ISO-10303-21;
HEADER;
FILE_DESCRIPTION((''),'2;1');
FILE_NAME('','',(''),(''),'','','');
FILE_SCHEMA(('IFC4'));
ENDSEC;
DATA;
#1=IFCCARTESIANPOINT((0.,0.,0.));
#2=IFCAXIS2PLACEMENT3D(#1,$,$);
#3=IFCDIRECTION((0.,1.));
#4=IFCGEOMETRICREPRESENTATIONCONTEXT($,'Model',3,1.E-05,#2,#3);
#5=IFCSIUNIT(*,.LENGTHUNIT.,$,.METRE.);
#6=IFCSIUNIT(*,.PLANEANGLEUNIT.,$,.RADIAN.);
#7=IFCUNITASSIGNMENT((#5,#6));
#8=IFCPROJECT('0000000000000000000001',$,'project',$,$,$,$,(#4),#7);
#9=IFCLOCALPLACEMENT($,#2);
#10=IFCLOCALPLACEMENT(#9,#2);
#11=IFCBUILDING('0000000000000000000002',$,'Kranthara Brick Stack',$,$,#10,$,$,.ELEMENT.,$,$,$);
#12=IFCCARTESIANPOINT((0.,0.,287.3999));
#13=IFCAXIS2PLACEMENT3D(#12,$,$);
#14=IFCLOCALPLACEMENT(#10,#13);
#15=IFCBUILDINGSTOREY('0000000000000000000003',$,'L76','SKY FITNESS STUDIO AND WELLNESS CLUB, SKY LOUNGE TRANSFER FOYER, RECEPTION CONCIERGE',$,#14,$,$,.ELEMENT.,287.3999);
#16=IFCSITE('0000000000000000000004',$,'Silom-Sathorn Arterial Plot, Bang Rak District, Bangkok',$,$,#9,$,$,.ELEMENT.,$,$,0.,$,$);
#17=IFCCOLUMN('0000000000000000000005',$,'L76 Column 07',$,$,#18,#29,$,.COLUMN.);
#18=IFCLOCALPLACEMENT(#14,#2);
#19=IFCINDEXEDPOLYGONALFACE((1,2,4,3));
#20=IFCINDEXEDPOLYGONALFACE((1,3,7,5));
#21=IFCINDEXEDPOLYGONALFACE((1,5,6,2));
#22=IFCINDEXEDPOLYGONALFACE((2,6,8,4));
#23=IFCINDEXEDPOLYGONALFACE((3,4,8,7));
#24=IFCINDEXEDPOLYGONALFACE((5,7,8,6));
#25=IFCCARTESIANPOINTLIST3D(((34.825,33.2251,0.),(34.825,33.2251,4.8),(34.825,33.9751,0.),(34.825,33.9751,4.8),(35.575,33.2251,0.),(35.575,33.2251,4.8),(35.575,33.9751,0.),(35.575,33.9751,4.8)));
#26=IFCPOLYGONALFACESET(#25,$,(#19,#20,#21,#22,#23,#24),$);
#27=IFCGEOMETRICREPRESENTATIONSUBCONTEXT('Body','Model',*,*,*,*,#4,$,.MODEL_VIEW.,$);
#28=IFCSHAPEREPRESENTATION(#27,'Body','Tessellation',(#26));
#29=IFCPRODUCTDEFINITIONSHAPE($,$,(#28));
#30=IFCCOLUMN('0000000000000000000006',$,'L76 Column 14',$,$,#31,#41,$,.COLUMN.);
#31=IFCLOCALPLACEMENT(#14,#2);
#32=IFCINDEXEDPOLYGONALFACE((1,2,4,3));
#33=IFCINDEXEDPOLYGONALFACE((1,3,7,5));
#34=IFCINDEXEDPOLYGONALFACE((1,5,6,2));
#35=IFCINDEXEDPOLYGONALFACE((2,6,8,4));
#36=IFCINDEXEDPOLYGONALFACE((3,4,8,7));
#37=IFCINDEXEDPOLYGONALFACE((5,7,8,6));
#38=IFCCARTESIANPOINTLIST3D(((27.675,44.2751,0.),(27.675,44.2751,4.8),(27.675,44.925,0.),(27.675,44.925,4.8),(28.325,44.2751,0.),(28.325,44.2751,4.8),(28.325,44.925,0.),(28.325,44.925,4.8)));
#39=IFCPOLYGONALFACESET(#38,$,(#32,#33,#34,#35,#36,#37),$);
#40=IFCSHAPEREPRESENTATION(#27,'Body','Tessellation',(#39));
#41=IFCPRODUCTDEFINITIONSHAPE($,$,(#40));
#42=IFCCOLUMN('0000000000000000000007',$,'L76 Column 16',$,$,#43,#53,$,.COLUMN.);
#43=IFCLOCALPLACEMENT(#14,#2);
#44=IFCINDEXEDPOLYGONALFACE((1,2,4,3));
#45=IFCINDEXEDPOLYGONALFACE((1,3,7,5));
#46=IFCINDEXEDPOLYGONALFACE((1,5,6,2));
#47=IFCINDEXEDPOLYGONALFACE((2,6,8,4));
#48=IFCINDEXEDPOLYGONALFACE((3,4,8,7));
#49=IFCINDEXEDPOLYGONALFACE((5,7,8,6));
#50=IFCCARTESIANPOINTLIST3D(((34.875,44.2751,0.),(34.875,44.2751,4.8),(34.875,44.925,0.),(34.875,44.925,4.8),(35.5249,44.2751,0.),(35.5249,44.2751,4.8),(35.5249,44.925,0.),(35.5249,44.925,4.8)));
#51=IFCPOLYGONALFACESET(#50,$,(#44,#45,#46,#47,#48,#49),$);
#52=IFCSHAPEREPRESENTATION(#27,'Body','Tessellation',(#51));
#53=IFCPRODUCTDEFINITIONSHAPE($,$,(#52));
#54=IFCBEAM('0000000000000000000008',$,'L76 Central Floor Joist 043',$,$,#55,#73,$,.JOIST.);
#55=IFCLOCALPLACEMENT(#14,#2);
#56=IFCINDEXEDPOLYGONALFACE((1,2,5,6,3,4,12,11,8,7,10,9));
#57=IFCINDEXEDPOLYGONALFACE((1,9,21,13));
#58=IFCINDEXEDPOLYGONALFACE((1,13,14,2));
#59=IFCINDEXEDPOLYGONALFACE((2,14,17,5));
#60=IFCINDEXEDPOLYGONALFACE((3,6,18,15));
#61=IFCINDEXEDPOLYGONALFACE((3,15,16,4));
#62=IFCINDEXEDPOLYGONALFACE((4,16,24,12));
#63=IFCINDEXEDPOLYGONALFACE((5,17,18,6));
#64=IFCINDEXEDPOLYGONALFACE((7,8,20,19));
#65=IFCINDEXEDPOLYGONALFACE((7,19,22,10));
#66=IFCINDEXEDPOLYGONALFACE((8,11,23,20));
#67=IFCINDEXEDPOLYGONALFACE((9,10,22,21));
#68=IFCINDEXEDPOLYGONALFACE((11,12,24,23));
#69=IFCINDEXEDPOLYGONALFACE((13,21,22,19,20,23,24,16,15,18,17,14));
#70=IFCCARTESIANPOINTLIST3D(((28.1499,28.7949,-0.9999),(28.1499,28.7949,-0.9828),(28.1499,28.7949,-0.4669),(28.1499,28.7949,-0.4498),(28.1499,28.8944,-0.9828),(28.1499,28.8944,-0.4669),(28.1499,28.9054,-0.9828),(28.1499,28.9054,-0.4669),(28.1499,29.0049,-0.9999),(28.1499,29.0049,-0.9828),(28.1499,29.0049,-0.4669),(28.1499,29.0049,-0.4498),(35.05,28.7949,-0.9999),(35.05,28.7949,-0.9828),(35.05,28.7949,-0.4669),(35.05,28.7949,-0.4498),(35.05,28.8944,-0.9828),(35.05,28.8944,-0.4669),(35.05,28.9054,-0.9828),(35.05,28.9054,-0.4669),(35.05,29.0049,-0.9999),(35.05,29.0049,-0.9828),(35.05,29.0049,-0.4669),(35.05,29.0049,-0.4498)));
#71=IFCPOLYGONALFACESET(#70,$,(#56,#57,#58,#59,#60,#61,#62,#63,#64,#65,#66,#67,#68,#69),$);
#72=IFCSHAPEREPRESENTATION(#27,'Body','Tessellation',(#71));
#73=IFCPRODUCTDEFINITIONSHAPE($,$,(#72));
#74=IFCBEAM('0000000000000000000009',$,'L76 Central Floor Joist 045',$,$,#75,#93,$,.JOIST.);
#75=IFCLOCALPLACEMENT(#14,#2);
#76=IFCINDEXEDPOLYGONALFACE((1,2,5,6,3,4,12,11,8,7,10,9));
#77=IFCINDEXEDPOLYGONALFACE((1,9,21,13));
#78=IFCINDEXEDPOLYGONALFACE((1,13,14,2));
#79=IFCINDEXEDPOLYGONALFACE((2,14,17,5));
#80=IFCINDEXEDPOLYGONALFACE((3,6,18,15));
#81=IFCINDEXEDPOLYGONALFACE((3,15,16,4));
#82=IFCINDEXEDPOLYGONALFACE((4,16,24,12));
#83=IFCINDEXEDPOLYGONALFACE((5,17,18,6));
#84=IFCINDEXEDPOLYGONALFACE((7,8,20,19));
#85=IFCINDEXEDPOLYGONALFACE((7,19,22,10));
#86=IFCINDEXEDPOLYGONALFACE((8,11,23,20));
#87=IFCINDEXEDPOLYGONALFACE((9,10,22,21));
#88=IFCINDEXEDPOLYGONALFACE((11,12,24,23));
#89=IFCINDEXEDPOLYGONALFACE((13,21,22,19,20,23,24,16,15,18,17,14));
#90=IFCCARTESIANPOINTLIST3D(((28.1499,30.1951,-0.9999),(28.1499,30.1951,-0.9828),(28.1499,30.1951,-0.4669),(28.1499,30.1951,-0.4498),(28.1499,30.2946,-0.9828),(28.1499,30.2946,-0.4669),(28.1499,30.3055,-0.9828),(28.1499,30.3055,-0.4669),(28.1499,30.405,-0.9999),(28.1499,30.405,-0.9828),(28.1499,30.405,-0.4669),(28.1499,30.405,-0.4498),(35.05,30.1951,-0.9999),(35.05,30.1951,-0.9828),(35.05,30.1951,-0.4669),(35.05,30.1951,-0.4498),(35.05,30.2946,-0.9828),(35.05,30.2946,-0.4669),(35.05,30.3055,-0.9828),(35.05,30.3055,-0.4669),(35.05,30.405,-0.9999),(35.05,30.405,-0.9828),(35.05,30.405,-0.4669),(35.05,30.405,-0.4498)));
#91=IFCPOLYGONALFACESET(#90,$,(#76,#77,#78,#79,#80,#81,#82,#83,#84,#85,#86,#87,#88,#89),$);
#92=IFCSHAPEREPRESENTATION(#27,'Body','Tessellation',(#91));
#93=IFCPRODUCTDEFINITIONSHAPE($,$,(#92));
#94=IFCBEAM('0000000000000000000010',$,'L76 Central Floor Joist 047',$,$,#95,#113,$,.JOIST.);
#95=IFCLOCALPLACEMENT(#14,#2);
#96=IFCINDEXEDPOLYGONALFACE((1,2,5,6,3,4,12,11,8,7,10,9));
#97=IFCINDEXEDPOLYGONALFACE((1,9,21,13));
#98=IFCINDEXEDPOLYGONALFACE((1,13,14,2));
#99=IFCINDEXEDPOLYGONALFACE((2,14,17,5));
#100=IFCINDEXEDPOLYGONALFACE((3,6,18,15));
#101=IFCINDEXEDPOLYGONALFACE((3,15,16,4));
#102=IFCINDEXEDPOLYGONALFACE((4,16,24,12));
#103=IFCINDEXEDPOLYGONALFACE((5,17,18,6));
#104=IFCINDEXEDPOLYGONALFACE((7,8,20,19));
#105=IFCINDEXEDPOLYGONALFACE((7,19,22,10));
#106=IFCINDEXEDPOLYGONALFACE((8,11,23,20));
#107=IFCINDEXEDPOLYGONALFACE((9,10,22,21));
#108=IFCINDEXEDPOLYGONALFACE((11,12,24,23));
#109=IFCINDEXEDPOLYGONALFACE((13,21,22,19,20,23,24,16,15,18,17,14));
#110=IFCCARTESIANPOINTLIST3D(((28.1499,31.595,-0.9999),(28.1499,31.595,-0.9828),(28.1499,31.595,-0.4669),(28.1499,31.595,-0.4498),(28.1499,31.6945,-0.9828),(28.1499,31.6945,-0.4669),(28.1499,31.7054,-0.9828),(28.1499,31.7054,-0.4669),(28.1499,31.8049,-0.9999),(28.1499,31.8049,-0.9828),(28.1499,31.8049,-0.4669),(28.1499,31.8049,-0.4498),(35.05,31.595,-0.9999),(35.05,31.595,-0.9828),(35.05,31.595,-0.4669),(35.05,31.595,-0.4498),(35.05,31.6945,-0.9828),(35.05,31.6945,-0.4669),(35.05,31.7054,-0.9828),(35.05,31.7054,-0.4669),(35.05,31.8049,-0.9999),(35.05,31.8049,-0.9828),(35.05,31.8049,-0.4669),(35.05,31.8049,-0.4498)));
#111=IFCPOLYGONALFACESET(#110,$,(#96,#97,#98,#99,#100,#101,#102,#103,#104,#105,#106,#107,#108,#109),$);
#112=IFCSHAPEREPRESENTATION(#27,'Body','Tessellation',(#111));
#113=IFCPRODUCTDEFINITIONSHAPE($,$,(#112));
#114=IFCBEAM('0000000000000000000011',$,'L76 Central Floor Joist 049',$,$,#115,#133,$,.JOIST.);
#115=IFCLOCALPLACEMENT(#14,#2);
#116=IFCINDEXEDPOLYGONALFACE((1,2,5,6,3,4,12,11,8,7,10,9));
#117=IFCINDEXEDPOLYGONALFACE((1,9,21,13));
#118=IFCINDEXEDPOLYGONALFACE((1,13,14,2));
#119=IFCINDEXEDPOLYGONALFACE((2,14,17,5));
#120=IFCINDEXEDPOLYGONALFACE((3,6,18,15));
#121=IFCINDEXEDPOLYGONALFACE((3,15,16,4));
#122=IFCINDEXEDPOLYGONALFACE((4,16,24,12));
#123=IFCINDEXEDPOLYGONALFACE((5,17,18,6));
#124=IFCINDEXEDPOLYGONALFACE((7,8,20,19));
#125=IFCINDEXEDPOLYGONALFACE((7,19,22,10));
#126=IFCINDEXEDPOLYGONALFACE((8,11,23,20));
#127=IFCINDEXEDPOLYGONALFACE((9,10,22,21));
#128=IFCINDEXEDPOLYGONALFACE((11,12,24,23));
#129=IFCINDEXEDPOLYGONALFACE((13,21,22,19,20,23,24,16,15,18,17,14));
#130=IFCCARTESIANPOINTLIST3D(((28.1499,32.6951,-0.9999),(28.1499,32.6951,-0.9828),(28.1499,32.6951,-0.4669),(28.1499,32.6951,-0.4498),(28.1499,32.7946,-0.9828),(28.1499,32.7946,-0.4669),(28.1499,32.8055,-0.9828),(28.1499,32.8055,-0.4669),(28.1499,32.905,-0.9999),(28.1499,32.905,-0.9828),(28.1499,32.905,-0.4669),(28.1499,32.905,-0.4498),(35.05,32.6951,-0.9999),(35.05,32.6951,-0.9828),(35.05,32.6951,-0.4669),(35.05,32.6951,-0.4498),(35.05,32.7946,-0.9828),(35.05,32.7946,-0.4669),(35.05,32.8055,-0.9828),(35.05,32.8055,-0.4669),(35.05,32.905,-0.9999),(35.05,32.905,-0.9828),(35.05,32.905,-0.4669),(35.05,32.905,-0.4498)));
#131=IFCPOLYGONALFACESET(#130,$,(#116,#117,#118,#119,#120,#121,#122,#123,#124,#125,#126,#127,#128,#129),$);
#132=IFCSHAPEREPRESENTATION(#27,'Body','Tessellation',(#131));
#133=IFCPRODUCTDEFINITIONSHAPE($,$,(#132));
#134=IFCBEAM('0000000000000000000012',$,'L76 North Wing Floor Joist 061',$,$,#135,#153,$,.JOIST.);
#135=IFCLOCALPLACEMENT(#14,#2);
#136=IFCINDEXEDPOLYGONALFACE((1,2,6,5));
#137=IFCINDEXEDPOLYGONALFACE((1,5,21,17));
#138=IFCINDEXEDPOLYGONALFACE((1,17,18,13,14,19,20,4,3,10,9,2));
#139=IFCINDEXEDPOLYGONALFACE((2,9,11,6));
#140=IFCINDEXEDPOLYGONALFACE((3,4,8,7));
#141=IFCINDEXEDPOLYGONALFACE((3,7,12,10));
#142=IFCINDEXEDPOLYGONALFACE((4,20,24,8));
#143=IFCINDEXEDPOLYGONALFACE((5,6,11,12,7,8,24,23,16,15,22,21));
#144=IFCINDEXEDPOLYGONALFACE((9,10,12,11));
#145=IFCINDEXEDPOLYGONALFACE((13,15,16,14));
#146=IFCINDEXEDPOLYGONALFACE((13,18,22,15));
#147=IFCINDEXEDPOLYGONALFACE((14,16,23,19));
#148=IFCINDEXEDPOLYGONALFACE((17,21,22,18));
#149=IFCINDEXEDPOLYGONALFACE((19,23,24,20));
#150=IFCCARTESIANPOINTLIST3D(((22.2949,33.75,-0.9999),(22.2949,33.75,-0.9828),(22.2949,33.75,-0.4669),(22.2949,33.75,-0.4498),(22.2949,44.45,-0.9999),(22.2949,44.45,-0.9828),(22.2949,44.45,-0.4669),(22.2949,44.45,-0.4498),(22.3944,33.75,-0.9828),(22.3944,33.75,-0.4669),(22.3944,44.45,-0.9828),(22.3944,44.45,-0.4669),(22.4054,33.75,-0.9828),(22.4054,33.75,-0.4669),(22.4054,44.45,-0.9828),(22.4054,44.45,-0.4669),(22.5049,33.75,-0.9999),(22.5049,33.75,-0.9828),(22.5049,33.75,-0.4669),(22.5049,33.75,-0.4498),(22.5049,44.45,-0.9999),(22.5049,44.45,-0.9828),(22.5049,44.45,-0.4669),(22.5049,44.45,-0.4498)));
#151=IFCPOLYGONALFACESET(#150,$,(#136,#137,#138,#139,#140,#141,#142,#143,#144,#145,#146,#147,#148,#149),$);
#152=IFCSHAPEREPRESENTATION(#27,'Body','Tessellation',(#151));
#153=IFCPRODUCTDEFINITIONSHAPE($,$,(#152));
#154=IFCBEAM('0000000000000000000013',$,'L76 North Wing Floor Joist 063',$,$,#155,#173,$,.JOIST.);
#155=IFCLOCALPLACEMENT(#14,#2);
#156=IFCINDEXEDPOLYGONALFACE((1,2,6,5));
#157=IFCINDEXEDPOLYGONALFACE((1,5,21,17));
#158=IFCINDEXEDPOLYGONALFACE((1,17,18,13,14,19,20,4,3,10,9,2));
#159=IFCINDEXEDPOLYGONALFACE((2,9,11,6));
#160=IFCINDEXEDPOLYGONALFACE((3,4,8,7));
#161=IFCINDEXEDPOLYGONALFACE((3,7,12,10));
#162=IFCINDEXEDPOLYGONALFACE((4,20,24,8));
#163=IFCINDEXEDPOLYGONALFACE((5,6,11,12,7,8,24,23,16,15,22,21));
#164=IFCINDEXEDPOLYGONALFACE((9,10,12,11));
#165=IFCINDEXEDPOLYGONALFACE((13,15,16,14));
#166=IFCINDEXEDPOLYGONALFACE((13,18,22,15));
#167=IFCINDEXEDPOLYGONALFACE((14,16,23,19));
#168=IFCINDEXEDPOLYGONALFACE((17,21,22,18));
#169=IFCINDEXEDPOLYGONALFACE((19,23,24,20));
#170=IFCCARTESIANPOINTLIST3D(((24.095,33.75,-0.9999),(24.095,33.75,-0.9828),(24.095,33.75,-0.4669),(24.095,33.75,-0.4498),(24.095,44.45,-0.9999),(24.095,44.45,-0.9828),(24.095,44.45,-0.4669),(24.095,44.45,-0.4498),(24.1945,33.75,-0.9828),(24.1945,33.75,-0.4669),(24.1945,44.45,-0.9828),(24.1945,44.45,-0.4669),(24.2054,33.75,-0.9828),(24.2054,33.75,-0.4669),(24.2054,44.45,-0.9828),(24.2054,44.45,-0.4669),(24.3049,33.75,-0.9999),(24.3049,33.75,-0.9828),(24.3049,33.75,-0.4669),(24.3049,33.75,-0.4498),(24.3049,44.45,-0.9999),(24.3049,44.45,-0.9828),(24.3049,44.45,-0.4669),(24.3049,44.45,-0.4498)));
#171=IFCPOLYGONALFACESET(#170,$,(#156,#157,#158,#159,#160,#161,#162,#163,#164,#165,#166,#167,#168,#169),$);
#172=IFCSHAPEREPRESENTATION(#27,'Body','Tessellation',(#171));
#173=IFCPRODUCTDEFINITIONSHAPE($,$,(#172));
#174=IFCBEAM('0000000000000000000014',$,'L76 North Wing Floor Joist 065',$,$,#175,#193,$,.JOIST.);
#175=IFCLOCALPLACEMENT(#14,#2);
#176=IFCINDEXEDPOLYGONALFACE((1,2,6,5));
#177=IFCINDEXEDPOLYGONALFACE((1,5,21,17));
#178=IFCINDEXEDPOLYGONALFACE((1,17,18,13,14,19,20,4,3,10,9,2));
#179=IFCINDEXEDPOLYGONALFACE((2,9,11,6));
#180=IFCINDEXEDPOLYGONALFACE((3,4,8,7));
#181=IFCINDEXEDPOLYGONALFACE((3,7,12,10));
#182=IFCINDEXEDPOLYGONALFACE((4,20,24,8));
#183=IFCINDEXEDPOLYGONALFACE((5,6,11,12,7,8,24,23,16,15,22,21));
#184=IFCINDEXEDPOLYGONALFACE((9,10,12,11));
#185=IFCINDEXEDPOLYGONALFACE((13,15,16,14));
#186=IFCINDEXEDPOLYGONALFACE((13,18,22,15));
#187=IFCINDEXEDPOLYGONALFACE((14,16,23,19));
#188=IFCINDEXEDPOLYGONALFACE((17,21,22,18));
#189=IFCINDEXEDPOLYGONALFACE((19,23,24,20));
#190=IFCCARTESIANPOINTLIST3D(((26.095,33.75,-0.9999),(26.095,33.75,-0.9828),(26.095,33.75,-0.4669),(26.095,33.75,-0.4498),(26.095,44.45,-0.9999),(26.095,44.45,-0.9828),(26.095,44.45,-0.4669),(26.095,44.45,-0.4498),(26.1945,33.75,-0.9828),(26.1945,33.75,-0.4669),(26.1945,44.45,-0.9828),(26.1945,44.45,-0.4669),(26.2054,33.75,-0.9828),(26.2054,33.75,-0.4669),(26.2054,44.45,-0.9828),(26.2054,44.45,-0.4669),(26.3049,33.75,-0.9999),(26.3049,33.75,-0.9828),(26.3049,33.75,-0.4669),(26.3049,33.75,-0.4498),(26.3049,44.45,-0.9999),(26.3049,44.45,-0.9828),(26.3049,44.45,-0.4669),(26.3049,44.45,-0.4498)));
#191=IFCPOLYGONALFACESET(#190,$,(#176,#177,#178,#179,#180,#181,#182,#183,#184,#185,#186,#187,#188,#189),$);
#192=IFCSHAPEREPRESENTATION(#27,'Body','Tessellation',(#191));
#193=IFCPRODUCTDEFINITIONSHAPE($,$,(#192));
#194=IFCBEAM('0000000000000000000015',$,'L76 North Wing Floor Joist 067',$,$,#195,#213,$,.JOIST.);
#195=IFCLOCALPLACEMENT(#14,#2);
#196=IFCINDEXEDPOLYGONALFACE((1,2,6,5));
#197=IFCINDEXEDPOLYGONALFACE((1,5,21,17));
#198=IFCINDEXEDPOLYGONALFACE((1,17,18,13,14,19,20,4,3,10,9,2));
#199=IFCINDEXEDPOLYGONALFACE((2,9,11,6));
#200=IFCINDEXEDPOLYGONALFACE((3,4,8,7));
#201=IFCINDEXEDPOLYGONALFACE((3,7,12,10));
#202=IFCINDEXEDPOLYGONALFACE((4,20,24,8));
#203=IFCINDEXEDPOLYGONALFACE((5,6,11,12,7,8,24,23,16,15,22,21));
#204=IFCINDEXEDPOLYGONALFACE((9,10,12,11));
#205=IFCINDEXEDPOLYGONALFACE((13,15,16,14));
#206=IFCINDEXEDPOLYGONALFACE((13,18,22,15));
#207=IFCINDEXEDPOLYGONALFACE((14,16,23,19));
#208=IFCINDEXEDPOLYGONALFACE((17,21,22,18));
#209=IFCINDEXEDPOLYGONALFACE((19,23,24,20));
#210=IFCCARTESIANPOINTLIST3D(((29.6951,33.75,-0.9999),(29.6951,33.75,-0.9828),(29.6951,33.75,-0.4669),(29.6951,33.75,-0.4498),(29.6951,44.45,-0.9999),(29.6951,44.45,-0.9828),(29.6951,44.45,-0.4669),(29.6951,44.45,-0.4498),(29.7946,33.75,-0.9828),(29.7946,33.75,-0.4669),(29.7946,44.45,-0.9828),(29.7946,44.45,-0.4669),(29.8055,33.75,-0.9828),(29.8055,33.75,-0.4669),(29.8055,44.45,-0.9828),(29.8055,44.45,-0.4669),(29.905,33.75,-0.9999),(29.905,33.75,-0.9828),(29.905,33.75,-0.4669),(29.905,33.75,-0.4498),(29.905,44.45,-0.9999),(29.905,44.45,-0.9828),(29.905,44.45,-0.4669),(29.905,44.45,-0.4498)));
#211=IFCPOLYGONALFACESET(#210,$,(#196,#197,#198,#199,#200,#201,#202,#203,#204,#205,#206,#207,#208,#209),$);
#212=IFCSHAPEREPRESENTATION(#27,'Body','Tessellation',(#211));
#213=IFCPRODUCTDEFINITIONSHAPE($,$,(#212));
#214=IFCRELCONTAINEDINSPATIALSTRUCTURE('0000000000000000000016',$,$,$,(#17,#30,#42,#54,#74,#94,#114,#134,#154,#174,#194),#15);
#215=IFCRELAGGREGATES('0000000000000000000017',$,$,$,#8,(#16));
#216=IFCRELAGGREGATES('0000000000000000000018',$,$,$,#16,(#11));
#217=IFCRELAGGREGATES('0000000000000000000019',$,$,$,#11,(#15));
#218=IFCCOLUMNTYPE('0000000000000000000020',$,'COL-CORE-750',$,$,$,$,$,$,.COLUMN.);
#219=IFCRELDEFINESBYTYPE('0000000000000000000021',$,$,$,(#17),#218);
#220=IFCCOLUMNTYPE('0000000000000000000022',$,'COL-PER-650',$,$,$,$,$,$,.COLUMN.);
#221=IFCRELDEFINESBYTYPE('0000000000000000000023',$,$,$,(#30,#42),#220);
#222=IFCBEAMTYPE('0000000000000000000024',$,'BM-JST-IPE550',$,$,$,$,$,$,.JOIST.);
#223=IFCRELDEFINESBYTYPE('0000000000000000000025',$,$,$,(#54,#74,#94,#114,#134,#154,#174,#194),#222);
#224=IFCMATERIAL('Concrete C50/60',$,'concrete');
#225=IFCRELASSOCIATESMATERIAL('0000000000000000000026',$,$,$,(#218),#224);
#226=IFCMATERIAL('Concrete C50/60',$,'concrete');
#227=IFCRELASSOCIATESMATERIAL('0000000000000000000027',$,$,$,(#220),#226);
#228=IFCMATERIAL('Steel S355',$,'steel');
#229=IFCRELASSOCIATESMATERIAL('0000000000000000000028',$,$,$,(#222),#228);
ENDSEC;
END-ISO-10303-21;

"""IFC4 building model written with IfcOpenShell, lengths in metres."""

from ifc_helpers import new_model, si_unit, direction, frame, origin, origin_2d, place, context, subcontext, project, spatial, rectangle, i_section, extrude, material, material_profile, profile_set, type_object, element, save


model = new_model("IFC4")

# Units and contexts
model_context = context("Model", 3, precision=1e-05, world=origin(), true_north=direction((0.0, 1.0)))
body_context = subcontext(model_context, "Body", "Model", "MODEL_VIEW")
ifc_project = project(units=[si_unit("LENGTHUNIT", "METRE"), si_unit("PLANEANGLEUNIT", "RADIAN")], contexts=[model_context])

# Site, building, storey
site_placement = place(None, origin())
site = spatial("IfcSite", under=ifc_project, at=site_placement, Name="Silom-Sathorn Arterial Plot, Bang Rak District, Bangkok", CompositionType="ELEMENT", RefElevation=0.0)
building_placement = place(site_placement, origin())
building = spatial("IfcBuilding", under=site, at=building_placement, Name="Kranthara Brick Stack", CompositionType="ELEMENT")
storey_placement = place(building_placement, frame((0.0, 0.0, 287.3999)))
storey = spatial("IfcBuildingStorey", under=building, at=storey_placement, Name="L76", Description="SKY FITNESS STUDIO AND WELLNESS CLUB, SKY LOUNGE TRANSFER FOYER, RECEPTION CONCIERGE", CompositionType="ELEMENT", Elevation=287.3999)

# Columns
ifc_material_1 = material(Name="Concrete C50/60", Category="concrete")
ifc_material_profile_1 = material_profile(ifc_material_1, rectangle(XDim=0.75, YDim=0.75, at=origin_2d()), Name="RC 750x750")
ifc_profile_set_1 = profile_set([ifc_material_profile_1], Name="Concrete C50/60")
column_type_1 = type_object("IfcColumnType", Name="COL-CORE-750", PredefinedType="COLUMN", material=ifc_profile_set_1)
column_placement = place(storey_placement, frame((35.2, 33.6001, 0.0), z_axis=(0.0, 0.0, 1.0), x_axis=(1.0, 0.0, 0.0)))
element("IfcColumn", 1, at=column_placement, inside=storey, type_object=column_type_1, Name="L76 Column 07", PredefinedType="COLUMN", context=body_context, shape_type="SweptSolid", body=[
    extrude(rectangle(XDim=0.75, YDim=0.75, at=origin_2d()), origin(), (0.0, 0.0, 1.0), 4.8),
])
ifc_material_2 = material(Name="Concrete C50/60", Category="concrete")
ifc_material_profile_2 = material_profile(ifc_material_2, rectangle(XDim=0.6499, YDim=0.6499, at=origin_2d()), Name="RC 650x650")
ifc_profile_set_2 = profile_set([ifc_material_profile_2], Name="Concrete C50/60")
column_type_2 = type_object("IfcColumnType", Name="COL-PER-650", PredefinedType="COLUMN", material=ifc_profile_set_2)
for number, where, z_axis, x_axis, name in (
    (2, (28.0, 44.6001, 0.0), (0.0, 0.0, 1.0), (1.0, 0.0, 0.0), "L76 Column 14"),
    (3, (35.2, 44.6001, 0.0), (0.0, 0.0, 1.0), (1.0, 0.0, 0.0), "L76 Column 16"),
):
    element("IfcColumn", number, at=place(storey_placement, frame(where, z_axis=z_axis, x_axis=x_axis)), inside=storey, type_object=column_type_2, Name=name, PredefinedType="COLUMN", context=body_context, shape_type="SweptSolid", body=[
        extrude(rectangle(XDim=0.6499, YDim=0.6499, at=origin_2d()), origin(), (0.0, 0.0, 1.0), 4.8),
    ])

# Beams
ifc_material_3 = material(Name="Steel S355", Category="steel")
ifc_material_profile_3 = material_profile(ifc_material_3, i_section(OverallWidth=0.21, OverallDepth=0.55, WebThickness=0.011, FlangeThickness=0.0171, at=origin_2d()), Name="IPE 550")
ifc_profile_set_3 = profile_set([ifc_material_profile_3], Name="Steel S355")
beam_type_1 = type_object("IfcBeamType", Name="BM-JST-IPE550", PredefinedType="JOIST", material=ifc_profile_set_3)
for number, where, z_axis, x_axis, name in (
    (4, (28.1499, 28.8999, -0.7249), (1.0, 0.0, 0.0), (0.0, 1.0, 0.0), "L76 Central Floor Joist 043"),
    (5, (28.1499, 30.3, -0.7249), (1.0, 0.0, 0.0), (0.0, 1.0, 0.0), "L76 Central Floor Joist 045"),
    (6, (28.1499, 31.7, -0.7249), (1.0, 0.0, 0.0), (0.0, 1.0, 0.0), "L76 Central Floor Joist 047"),
    (7, (28.1499, 32.8, -0.7249), (1.0, 0.0, 0.0), (0.0, 1.0, 0.0), "L76 Central Floor Joist 049"),
):
    element("IfcBeam", number, at=place(storey_placement, frame(where, z_axis=z_axis, x_axis=x_axis)), inside=storey, type_object=beam_type_1, Name=name, PredefinedType="JOIST", context=body_context, shape_type="SweptSolid", body=[
        extrude(i_section(OverallWidth=0.21, OverallDepth=0.55, WebThickness=0.011, FlangeThickness=0.0171, at=origin_2d()), origin(), (0.0, 0.0, 1.0), 6.9001),
    ])
for number, where, z_axis, x_axis, name in (
    (8, (22.3999, 33.75, -0.7249), (0.0, 1.0, 0.0), (-1.0, 0.0, 0.0), "L76 North Wing Floor Joist 061"),
    (9, (24.2, 33.75, -0.7249), (0.0, 1.0, 0.0), (-1.0, 0.0, 0.0), "L76 North Wing Floor Joist 063"),
    (10, (26.2, 33.75, -0.7249), (0.0, 1.0, 0.0), (-1.0, 0.0, 0.0), "L76 North Wing Floor Joist 065"),
    (11, (29.8, 33.75, -0.7249), (0.0, 1.0, 0.0), (-1.0, 0.0, 0.0), "L76 North Wing Floor Joist 067"),
):
    element("IfcBeam", number, at=place(storey_placement, frame(where, z_axis=z_axis, x_axis=x_axis)), inside=storey, type_object=beam_type_1, Name=name, PredefinedType="JOIST", context=body_context, shape_type="SweptSolid", body=[
        extrude(i_section(OverallWidth=0.21, OverallDepth=0.55, WebThickness=0.011, FlangeThickness=0.0171, at=origin_2d()), origin(), (0.0, 0.0, 1.0), 10.7),
    ])

save(model, "model.ifc")
